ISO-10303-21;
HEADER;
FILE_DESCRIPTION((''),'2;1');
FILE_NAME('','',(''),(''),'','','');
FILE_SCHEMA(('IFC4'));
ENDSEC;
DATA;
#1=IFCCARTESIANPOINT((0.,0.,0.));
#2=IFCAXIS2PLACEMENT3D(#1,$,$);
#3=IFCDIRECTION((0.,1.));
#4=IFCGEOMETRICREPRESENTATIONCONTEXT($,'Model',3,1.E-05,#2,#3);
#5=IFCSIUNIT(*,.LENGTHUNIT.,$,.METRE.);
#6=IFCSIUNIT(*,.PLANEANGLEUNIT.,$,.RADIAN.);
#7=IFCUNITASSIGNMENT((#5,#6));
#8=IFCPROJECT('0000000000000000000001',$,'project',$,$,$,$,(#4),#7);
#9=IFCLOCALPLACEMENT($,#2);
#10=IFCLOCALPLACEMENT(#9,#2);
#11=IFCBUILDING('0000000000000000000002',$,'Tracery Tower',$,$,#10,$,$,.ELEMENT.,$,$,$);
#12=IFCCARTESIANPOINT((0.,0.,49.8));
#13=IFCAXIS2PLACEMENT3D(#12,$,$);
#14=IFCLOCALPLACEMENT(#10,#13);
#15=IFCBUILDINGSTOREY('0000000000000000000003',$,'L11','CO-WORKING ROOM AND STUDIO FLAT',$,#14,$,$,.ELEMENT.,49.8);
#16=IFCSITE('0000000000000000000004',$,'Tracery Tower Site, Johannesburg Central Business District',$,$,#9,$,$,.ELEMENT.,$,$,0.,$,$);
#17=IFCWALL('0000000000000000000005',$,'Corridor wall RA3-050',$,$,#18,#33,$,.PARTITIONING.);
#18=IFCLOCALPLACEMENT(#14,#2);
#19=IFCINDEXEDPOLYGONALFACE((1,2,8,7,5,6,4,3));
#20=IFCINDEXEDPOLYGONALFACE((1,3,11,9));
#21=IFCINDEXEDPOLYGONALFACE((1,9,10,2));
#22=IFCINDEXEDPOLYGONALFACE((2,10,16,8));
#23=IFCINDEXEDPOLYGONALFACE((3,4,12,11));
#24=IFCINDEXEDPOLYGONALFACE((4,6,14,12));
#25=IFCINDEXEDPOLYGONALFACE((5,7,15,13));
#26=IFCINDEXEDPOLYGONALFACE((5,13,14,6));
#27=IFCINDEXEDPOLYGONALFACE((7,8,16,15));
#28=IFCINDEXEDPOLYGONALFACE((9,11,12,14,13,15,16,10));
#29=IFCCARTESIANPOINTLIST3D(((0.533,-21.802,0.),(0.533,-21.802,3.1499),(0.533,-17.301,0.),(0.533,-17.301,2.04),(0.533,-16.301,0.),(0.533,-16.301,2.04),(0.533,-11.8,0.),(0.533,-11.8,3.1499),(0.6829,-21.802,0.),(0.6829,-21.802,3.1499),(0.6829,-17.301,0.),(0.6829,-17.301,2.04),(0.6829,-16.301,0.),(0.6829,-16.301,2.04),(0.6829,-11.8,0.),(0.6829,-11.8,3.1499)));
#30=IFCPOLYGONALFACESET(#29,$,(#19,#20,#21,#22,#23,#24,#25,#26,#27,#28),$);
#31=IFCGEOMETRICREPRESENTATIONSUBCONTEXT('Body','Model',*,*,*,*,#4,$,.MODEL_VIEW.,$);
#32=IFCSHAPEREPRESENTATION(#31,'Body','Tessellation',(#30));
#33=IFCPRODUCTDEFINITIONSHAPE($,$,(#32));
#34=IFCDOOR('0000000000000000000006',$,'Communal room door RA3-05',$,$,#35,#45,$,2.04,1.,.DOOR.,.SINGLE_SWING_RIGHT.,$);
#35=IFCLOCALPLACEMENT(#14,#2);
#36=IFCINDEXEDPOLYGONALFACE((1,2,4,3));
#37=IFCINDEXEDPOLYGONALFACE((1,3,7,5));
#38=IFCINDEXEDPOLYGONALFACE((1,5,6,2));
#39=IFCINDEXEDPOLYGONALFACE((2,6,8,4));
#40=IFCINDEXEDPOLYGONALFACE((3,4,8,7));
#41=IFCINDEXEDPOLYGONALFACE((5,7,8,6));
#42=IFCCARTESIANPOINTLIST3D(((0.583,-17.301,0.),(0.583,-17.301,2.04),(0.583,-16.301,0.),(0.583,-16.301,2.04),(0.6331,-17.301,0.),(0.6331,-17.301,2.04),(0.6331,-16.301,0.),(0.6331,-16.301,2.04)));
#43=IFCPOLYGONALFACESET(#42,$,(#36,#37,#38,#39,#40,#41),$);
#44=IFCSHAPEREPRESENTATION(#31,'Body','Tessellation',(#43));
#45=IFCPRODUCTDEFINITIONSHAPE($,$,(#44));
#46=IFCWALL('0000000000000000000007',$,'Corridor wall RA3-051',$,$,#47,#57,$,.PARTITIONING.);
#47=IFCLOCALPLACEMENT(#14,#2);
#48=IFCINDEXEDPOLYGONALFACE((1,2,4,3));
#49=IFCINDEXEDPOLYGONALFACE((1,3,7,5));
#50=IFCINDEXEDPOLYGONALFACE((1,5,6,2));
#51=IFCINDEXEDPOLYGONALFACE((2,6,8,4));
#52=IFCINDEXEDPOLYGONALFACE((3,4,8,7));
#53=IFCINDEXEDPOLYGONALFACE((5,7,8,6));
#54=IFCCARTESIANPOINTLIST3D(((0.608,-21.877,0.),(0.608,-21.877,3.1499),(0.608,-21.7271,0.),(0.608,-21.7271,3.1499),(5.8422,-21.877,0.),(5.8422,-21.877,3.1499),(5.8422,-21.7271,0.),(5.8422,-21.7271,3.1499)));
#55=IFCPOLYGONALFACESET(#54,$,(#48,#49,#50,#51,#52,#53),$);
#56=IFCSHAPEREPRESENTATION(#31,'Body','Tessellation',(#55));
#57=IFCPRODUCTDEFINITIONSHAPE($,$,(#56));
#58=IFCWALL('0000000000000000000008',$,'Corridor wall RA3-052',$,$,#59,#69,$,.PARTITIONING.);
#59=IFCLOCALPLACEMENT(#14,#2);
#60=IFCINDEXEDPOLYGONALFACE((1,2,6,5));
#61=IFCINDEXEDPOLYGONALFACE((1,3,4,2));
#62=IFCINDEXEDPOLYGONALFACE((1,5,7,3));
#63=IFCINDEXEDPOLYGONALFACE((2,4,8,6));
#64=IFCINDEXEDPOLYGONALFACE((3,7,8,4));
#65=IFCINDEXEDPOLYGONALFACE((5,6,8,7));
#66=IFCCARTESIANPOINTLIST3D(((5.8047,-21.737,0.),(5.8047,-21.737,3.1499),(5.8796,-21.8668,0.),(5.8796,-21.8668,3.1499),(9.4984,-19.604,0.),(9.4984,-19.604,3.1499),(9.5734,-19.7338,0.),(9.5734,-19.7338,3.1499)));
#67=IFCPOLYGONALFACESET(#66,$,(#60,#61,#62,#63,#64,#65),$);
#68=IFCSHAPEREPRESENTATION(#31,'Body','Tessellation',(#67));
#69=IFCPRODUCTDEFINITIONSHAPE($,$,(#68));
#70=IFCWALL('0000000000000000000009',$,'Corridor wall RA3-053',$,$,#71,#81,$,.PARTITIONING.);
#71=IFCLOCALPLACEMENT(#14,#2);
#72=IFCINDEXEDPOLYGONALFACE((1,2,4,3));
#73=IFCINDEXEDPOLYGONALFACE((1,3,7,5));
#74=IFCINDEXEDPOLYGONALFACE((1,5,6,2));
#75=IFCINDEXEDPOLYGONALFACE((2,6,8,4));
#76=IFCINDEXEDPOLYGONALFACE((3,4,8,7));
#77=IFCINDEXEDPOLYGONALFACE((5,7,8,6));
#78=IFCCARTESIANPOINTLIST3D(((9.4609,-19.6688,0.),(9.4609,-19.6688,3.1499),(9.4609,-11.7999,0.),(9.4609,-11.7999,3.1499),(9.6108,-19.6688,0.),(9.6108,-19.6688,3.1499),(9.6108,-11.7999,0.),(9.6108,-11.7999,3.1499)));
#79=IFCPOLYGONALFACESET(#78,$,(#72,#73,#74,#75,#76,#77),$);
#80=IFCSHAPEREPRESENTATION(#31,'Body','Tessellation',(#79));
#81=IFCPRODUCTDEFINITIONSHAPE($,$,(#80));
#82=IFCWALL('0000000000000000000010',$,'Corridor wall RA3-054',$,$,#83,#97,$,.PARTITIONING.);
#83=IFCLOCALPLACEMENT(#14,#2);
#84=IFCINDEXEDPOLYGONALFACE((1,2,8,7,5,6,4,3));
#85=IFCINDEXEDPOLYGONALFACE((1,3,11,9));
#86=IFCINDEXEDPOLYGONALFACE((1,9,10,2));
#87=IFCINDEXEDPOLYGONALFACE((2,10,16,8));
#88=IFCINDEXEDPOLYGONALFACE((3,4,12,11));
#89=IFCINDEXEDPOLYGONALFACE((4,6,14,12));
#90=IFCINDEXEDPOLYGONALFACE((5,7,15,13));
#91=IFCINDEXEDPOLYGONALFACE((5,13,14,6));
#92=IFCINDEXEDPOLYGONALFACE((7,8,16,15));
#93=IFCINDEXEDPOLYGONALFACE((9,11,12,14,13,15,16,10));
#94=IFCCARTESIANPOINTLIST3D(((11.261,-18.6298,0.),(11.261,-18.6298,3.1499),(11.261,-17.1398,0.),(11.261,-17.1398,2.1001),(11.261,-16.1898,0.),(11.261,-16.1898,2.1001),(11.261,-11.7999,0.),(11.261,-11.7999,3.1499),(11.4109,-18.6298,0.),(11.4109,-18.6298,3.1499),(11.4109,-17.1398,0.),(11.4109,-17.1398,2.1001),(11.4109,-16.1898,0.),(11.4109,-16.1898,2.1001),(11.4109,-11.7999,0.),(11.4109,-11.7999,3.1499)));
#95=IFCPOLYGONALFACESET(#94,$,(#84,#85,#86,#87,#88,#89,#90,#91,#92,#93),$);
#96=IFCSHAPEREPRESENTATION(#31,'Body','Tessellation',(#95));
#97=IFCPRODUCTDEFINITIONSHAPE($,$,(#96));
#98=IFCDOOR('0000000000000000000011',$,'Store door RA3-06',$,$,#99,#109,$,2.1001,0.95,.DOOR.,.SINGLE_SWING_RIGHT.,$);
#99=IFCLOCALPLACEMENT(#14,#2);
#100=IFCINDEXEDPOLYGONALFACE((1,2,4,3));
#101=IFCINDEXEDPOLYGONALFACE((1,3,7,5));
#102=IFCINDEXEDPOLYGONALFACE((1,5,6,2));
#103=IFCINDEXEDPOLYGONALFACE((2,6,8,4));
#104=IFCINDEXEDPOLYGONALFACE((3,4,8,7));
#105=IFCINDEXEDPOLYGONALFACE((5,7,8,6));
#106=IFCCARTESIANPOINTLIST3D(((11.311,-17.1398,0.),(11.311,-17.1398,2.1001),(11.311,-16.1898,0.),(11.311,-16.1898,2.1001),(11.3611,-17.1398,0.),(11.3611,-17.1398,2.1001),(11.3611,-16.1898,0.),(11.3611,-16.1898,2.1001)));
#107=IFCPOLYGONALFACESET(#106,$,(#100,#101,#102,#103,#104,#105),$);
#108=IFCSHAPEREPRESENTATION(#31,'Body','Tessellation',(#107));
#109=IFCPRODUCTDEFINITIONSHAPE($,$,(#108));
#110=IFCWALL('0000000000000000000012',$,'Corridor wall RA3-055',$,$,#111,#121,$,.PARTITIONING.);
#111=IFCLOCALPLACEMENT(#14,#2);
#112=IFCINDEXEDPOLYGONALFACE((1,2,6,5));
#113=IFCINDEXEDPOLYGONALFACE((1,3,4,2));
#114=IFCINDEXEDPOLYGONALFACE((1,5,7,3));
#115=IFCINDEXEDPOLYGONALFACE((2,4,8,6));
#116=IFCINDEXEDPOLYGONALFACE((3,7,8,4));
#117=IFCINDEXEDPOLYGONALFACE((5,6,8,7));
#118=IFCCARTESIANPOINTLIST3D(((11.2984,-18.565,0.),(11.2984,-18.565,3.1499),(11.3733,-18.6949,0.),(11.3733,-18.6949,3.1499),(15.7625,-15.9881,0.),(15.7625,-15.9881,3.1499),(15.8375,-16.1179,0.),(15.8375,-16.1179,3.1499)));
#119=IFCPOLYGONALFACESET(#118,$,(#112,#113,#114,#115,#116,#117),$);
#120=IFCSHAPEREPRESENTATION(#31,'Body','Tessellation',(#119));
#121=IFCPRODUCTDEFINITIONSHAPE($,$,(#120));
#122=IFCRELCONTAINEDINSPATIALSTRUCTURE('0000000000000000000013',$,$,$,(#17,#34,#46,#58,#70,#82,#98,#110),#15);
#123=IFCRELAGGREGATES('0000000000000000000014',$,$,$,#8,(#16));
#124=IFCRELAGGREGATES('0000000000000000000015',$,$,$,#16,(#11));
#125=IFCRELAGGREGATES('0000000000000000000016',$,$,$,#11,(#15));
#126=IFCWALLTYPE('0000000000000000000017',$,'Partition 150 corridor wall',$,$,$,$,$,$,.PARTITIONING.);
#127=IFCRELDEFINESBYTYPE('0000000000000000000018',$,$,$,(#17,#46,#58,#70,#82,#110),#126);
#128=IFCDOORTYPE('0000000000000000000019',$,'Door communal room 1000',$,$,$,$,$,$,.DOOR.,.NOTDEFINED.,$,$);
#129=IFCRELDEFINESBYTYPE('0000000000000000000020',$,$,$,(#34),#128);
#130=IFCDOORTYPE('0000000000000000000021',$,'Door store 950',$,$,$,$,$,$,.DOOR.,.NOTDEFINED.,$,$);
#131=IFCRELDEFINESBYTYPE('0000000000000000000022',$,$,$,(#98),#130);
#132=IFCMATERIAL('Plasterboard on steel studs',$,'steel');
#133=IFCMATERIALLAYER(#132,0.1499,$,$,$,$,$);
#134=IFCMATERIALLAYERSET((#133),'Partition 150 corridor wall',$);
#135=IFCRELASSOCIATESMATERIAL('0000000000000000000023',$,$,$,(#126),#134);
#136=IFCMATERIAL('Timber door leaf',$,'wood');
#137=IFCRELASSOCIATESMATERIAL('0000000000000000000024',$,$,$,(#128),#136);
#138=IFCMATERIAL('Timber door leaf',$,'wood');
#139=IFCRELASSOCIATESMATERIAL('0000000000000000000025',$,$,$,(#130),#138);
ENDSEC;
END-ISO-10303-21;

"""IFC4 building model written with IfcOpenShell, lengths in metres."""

from ifc_helpers import new_model, si_unit, direction, frame, frame_2d, origin, place, context, subcontext, project, spatial, rectangle, extrude, material, layer, layer_set, type_object, element, fill, save


model = new_model("IFC4")

# Units and contexts
model_context = context("Model", 3, precision=1e-05, world=origin(), true_north=direction((0.0, 1.0)))
body_context = subcontext(model_context, "Body", "Model", "MODEL_VIEW")
ifc_project = project(units=[si_unit("LENGTHUNIT", "METRE"), si_unit("PLANEANGLEUNIT", "RADIAN")], contexts=[model_context])

# Site, building, storey
site_placement = place(None, origin())
site = spatial("IfcSite", under=ifc_project, at=site_placement, Name="Tracery Tower Site, Johannesburg Central Business District", CompositionType="ELEMENT", RefElevation=0.0)
building_placement = place(site_placement, origin())
building = spatial("IfcBuilding", under=site, at=building_placement, Name="Tracery Tower", CompositionType="ELEMENT")
storey_placement = place(building_placement, frame((0.0, 0.0, 49.8)))
storey = spatial("IfcBuildingStorey", under=building, at=storey_placement, Name="L11", Description="CO-WORKING ROOM AND STUDIO FLAT", CompositionType="ELEMENT", Elevation=49.8)

# Shared definitions
ifc_material_1 = material(Name="Plasterboard on steel studs", Category="steel")
ifc_layer_1 = layer(ifc_material_1, 0.1499)
ifc_layer_set_1 = layer_set([ifc_layer_1], Name="Partition 150 corridor wall")
wall_type_1 = type_object("IfcWallType", Name="Partition 150 corridor wall", PredefinedType="PARTITIONING", material=ifc_layer_set_1)

# Wall, opening, door
wall_1_placement = place(storey_placement, frame((0.6079, -21.802, 0.0), z_axis=(0.0, 0.0, 1.0), x_axis=(0.0, 1.0, 0.0)))
wall_1 = element("IfcWall", 1, at=wall_1_placement, inside=storey, type_object=wall_type_1, Name="Corridor wall RA3-050", PredefinedType="PARTITIONING", context=body_context, shape_type="SweptSolid", body=[
    extrude(rectangle(XDim=10.002, YDim=0.1499, at=frame_2d((5.001, 0.0))), origin(), (0.0, 0.0, 1.0), 3.1499),
])
opening_1_placement = place(wall_1_placement, frame((4.501, 0.0, 0.0)))
opening_1 = element("IfcOpeningElement", 2, at=opening_1_placement, cuts=wall_1, PredefinedType="OPENING", context=body_context, shape_type="SweptSolid", body=[
    extrude(rectangle(XDim=1.0, YDim=2.04, at=frame_2d((0.5, 1.02))), frame((0.0, 0.075, 0.0), z_axis=(0.0, -1.0, 0.0), x_axis=(1.0, 0.0, 0.0)), (0.0, 0.0, 1.0), 0.1499),
])
ifc_material_2 = material(Name="Timber door leaf", Category="wood")
door_type_1 = type_object("IfcDoorType", Name="Door communal room 1000", OperationType="NOTDEFINED", PredefinedType="DOOR", material=ifc_material_2)
door_1_placement = place(opening_1_placement, origin())
door_1 = element("IfcDoor", 3, at=door_1_placement, inside=storey, type_object=door_type_1, Name="Communal room door RA3-05", OperationType="SINGLE_SWING_RIGHT", OverallHeight=2.04, OverallWidth=1.0, PredefinedType="DOOR", context=body_context, shape_type="SweptSolid", body=[
    extrude(rectangle(XDim=1.0, YDim=2.04, at=frame_2d((0.5, 1.02))), frame((0.0, 0.0249, 0.0), z_axis=(0.0, -1.0, 0.0), x_axis=(1.0, 0.0, 0.0)), (0.0, 0.0, 1.0), 0.05),
])
fill(opening_1, door_1)

# Walls
wall_2_placement = place(storey_placement, frame((0.6079, -21.802, 0.0), z_axis=(0.0, 0.0, 1.0), x_axis=(1.0, 0.0, 0.0)))
element("IfcWall", 4, at=wall_2_placement, inside=storey, type_object=wall_type_1, Name="Corridor wall RA3-051", PredefinedType="PARTITIONING", context=body_context, shape_type="SweptSolid", body=[
    extrude(rectangle(XDim=5.2341, YDim=0.1499, at=frame_2d((2.6172, 0.0))), origin(), (0.0, 0.0, 1.0), 3.1499),
])
wall_3_placement = place(storey_placement, frame((5.842, -21.802, 0.0), z_axis=(0.0, 0.0, 1.0), x_axis=(0.865984, 0.500073, 0.0)))
element("IfcWall", 5, at=wall_3_placement, inside=storey, type_object=wall_type_1, Name="Corridor wall RA3-052", PredefinedType="PARTITIONING", context=body_context, shape_type="SweptSolid", body=[
    extrude(rectangle(XDim=4.2654, YDim=0.1499, at=frame_2d((2.1328, 0.0))), origin(), (0.0, 0.0, 1.0), 3.1499),
])
wall_4_placement = place(storey_placement, frame((9.5359, -19.6689, 0.0), z_axis=(0.0, 0.0, 1.0), x_axis=(0.0, 1.0, 0.0)))
element("IfcWall", 6, at=wall_4_placement, inside=storey, type_object=wall_type_1, Name="Corridor wall RA3-053", PredefinedType="PARTITIONING", context=body_context, shape_type="SweptSolid", body=[
    extrude(rectangle(XDim=7.8689, YDim=0.1499, at=frame_2d((3.9346, 0.0))), origin(), (0.0, 0.0, 1.0), 3.1499),
])

# Wall, opening, door
wall_5_placement = place(storey_placement, frame((11.3359, -18.6299, 0.0), z_axis=(0.0, 0.0, 1.0), x_axis=(0.0, 1.0, 0.0)))
wall_5 = element("IfcWall", 7, at=wall_5_placement, inside=storey, type_object=wall_type_1, Name="Corridor wall RA3-054", PredefinedType="PARTITIONING", context=body_context, shape_type="SweptSolid", body=[
    extrude(rectangle(XDim=6.8298, YDim=0.1499, at=frame_2d((3.415, 0.0))), origin(), (0.0, 0.0, 1.0), 3.1499),
])
opening_2_placement = place(wall_5_placement, frame((1.49, 0.0, 0.0)))
opening_2 = element("IfcOpeningElement", 8, at=opening_2_placement, cuts=wall_5, PredefinedType="OPENING", context=body_context, shape_type="SweptSolid", body=[
    extrude(rectangle(XDim=0.95, YDim=2.1001, at=frame_2d((0.4751, 1.05))), frame((0.0, 0.075, 0.0), z_axis=(0.0, -1.0, 0.0), x_axis=(1.0, 0.0, 0.0)), (0.0, 0.0, 1.0), 0.1499),
])
ifc_material_3 = material(Name="Timber door leaf", Category="wood")
door_type_2 = type_object("IfcDoorType", Name="Door store 950", OperationType="NOTDEFINED", PredefinedType="DOOR", material=ifc_material_3)
door_2_placement = place(opening_2_placement, origin())
door_2 = element("IfcDoor", 9, at=door_2_placement, inside=storey, type_object=door_type_2, Name="Store door RA3-06", OperationType="SINGLE_SWING_RIGHT", OverallHeight=2.1001, OverallWidth=0.95, PredefinedType="DOOR", context=body_context, shape_type="SweptSolid", body=[
    extrude(rectangle(XDim=0.95, YDim=2.1001, at=frame_2d((0.4751, 1.05))), frame((0.0, 0.0249, 0.0), z_axis=(0.0, -1.0, 0.0), x_axis=(1.0, 0.0, 0.0)), (0.0, 0.0, 1.0), 0.05),
])
fill(opening_2, door_2)

# Wall
wall_6_placement = place(storey_placement, frame((11.3359, -18.6299, 0.0), z_axis=(0.0, 0.0, 1.0), x_axis=(0.866063, 0.499934, 0.0)))
element("IfcWall", 10, at=wall_6_placement, inside=storey, type_object=wall_type_1, Name="Corridor wall RA3-055", PredefinedType="PARTITIONING", context=body_context, shape_type="SweptSolid", body=[
    extrude(rectangle(XDim=5.1545, YDim=0.1499, at=frame_2d((2.5771, 0.0))), origin(), (0.0, 0.0, 1.0), 3.1499),
])

save(model, "model.ifc")
